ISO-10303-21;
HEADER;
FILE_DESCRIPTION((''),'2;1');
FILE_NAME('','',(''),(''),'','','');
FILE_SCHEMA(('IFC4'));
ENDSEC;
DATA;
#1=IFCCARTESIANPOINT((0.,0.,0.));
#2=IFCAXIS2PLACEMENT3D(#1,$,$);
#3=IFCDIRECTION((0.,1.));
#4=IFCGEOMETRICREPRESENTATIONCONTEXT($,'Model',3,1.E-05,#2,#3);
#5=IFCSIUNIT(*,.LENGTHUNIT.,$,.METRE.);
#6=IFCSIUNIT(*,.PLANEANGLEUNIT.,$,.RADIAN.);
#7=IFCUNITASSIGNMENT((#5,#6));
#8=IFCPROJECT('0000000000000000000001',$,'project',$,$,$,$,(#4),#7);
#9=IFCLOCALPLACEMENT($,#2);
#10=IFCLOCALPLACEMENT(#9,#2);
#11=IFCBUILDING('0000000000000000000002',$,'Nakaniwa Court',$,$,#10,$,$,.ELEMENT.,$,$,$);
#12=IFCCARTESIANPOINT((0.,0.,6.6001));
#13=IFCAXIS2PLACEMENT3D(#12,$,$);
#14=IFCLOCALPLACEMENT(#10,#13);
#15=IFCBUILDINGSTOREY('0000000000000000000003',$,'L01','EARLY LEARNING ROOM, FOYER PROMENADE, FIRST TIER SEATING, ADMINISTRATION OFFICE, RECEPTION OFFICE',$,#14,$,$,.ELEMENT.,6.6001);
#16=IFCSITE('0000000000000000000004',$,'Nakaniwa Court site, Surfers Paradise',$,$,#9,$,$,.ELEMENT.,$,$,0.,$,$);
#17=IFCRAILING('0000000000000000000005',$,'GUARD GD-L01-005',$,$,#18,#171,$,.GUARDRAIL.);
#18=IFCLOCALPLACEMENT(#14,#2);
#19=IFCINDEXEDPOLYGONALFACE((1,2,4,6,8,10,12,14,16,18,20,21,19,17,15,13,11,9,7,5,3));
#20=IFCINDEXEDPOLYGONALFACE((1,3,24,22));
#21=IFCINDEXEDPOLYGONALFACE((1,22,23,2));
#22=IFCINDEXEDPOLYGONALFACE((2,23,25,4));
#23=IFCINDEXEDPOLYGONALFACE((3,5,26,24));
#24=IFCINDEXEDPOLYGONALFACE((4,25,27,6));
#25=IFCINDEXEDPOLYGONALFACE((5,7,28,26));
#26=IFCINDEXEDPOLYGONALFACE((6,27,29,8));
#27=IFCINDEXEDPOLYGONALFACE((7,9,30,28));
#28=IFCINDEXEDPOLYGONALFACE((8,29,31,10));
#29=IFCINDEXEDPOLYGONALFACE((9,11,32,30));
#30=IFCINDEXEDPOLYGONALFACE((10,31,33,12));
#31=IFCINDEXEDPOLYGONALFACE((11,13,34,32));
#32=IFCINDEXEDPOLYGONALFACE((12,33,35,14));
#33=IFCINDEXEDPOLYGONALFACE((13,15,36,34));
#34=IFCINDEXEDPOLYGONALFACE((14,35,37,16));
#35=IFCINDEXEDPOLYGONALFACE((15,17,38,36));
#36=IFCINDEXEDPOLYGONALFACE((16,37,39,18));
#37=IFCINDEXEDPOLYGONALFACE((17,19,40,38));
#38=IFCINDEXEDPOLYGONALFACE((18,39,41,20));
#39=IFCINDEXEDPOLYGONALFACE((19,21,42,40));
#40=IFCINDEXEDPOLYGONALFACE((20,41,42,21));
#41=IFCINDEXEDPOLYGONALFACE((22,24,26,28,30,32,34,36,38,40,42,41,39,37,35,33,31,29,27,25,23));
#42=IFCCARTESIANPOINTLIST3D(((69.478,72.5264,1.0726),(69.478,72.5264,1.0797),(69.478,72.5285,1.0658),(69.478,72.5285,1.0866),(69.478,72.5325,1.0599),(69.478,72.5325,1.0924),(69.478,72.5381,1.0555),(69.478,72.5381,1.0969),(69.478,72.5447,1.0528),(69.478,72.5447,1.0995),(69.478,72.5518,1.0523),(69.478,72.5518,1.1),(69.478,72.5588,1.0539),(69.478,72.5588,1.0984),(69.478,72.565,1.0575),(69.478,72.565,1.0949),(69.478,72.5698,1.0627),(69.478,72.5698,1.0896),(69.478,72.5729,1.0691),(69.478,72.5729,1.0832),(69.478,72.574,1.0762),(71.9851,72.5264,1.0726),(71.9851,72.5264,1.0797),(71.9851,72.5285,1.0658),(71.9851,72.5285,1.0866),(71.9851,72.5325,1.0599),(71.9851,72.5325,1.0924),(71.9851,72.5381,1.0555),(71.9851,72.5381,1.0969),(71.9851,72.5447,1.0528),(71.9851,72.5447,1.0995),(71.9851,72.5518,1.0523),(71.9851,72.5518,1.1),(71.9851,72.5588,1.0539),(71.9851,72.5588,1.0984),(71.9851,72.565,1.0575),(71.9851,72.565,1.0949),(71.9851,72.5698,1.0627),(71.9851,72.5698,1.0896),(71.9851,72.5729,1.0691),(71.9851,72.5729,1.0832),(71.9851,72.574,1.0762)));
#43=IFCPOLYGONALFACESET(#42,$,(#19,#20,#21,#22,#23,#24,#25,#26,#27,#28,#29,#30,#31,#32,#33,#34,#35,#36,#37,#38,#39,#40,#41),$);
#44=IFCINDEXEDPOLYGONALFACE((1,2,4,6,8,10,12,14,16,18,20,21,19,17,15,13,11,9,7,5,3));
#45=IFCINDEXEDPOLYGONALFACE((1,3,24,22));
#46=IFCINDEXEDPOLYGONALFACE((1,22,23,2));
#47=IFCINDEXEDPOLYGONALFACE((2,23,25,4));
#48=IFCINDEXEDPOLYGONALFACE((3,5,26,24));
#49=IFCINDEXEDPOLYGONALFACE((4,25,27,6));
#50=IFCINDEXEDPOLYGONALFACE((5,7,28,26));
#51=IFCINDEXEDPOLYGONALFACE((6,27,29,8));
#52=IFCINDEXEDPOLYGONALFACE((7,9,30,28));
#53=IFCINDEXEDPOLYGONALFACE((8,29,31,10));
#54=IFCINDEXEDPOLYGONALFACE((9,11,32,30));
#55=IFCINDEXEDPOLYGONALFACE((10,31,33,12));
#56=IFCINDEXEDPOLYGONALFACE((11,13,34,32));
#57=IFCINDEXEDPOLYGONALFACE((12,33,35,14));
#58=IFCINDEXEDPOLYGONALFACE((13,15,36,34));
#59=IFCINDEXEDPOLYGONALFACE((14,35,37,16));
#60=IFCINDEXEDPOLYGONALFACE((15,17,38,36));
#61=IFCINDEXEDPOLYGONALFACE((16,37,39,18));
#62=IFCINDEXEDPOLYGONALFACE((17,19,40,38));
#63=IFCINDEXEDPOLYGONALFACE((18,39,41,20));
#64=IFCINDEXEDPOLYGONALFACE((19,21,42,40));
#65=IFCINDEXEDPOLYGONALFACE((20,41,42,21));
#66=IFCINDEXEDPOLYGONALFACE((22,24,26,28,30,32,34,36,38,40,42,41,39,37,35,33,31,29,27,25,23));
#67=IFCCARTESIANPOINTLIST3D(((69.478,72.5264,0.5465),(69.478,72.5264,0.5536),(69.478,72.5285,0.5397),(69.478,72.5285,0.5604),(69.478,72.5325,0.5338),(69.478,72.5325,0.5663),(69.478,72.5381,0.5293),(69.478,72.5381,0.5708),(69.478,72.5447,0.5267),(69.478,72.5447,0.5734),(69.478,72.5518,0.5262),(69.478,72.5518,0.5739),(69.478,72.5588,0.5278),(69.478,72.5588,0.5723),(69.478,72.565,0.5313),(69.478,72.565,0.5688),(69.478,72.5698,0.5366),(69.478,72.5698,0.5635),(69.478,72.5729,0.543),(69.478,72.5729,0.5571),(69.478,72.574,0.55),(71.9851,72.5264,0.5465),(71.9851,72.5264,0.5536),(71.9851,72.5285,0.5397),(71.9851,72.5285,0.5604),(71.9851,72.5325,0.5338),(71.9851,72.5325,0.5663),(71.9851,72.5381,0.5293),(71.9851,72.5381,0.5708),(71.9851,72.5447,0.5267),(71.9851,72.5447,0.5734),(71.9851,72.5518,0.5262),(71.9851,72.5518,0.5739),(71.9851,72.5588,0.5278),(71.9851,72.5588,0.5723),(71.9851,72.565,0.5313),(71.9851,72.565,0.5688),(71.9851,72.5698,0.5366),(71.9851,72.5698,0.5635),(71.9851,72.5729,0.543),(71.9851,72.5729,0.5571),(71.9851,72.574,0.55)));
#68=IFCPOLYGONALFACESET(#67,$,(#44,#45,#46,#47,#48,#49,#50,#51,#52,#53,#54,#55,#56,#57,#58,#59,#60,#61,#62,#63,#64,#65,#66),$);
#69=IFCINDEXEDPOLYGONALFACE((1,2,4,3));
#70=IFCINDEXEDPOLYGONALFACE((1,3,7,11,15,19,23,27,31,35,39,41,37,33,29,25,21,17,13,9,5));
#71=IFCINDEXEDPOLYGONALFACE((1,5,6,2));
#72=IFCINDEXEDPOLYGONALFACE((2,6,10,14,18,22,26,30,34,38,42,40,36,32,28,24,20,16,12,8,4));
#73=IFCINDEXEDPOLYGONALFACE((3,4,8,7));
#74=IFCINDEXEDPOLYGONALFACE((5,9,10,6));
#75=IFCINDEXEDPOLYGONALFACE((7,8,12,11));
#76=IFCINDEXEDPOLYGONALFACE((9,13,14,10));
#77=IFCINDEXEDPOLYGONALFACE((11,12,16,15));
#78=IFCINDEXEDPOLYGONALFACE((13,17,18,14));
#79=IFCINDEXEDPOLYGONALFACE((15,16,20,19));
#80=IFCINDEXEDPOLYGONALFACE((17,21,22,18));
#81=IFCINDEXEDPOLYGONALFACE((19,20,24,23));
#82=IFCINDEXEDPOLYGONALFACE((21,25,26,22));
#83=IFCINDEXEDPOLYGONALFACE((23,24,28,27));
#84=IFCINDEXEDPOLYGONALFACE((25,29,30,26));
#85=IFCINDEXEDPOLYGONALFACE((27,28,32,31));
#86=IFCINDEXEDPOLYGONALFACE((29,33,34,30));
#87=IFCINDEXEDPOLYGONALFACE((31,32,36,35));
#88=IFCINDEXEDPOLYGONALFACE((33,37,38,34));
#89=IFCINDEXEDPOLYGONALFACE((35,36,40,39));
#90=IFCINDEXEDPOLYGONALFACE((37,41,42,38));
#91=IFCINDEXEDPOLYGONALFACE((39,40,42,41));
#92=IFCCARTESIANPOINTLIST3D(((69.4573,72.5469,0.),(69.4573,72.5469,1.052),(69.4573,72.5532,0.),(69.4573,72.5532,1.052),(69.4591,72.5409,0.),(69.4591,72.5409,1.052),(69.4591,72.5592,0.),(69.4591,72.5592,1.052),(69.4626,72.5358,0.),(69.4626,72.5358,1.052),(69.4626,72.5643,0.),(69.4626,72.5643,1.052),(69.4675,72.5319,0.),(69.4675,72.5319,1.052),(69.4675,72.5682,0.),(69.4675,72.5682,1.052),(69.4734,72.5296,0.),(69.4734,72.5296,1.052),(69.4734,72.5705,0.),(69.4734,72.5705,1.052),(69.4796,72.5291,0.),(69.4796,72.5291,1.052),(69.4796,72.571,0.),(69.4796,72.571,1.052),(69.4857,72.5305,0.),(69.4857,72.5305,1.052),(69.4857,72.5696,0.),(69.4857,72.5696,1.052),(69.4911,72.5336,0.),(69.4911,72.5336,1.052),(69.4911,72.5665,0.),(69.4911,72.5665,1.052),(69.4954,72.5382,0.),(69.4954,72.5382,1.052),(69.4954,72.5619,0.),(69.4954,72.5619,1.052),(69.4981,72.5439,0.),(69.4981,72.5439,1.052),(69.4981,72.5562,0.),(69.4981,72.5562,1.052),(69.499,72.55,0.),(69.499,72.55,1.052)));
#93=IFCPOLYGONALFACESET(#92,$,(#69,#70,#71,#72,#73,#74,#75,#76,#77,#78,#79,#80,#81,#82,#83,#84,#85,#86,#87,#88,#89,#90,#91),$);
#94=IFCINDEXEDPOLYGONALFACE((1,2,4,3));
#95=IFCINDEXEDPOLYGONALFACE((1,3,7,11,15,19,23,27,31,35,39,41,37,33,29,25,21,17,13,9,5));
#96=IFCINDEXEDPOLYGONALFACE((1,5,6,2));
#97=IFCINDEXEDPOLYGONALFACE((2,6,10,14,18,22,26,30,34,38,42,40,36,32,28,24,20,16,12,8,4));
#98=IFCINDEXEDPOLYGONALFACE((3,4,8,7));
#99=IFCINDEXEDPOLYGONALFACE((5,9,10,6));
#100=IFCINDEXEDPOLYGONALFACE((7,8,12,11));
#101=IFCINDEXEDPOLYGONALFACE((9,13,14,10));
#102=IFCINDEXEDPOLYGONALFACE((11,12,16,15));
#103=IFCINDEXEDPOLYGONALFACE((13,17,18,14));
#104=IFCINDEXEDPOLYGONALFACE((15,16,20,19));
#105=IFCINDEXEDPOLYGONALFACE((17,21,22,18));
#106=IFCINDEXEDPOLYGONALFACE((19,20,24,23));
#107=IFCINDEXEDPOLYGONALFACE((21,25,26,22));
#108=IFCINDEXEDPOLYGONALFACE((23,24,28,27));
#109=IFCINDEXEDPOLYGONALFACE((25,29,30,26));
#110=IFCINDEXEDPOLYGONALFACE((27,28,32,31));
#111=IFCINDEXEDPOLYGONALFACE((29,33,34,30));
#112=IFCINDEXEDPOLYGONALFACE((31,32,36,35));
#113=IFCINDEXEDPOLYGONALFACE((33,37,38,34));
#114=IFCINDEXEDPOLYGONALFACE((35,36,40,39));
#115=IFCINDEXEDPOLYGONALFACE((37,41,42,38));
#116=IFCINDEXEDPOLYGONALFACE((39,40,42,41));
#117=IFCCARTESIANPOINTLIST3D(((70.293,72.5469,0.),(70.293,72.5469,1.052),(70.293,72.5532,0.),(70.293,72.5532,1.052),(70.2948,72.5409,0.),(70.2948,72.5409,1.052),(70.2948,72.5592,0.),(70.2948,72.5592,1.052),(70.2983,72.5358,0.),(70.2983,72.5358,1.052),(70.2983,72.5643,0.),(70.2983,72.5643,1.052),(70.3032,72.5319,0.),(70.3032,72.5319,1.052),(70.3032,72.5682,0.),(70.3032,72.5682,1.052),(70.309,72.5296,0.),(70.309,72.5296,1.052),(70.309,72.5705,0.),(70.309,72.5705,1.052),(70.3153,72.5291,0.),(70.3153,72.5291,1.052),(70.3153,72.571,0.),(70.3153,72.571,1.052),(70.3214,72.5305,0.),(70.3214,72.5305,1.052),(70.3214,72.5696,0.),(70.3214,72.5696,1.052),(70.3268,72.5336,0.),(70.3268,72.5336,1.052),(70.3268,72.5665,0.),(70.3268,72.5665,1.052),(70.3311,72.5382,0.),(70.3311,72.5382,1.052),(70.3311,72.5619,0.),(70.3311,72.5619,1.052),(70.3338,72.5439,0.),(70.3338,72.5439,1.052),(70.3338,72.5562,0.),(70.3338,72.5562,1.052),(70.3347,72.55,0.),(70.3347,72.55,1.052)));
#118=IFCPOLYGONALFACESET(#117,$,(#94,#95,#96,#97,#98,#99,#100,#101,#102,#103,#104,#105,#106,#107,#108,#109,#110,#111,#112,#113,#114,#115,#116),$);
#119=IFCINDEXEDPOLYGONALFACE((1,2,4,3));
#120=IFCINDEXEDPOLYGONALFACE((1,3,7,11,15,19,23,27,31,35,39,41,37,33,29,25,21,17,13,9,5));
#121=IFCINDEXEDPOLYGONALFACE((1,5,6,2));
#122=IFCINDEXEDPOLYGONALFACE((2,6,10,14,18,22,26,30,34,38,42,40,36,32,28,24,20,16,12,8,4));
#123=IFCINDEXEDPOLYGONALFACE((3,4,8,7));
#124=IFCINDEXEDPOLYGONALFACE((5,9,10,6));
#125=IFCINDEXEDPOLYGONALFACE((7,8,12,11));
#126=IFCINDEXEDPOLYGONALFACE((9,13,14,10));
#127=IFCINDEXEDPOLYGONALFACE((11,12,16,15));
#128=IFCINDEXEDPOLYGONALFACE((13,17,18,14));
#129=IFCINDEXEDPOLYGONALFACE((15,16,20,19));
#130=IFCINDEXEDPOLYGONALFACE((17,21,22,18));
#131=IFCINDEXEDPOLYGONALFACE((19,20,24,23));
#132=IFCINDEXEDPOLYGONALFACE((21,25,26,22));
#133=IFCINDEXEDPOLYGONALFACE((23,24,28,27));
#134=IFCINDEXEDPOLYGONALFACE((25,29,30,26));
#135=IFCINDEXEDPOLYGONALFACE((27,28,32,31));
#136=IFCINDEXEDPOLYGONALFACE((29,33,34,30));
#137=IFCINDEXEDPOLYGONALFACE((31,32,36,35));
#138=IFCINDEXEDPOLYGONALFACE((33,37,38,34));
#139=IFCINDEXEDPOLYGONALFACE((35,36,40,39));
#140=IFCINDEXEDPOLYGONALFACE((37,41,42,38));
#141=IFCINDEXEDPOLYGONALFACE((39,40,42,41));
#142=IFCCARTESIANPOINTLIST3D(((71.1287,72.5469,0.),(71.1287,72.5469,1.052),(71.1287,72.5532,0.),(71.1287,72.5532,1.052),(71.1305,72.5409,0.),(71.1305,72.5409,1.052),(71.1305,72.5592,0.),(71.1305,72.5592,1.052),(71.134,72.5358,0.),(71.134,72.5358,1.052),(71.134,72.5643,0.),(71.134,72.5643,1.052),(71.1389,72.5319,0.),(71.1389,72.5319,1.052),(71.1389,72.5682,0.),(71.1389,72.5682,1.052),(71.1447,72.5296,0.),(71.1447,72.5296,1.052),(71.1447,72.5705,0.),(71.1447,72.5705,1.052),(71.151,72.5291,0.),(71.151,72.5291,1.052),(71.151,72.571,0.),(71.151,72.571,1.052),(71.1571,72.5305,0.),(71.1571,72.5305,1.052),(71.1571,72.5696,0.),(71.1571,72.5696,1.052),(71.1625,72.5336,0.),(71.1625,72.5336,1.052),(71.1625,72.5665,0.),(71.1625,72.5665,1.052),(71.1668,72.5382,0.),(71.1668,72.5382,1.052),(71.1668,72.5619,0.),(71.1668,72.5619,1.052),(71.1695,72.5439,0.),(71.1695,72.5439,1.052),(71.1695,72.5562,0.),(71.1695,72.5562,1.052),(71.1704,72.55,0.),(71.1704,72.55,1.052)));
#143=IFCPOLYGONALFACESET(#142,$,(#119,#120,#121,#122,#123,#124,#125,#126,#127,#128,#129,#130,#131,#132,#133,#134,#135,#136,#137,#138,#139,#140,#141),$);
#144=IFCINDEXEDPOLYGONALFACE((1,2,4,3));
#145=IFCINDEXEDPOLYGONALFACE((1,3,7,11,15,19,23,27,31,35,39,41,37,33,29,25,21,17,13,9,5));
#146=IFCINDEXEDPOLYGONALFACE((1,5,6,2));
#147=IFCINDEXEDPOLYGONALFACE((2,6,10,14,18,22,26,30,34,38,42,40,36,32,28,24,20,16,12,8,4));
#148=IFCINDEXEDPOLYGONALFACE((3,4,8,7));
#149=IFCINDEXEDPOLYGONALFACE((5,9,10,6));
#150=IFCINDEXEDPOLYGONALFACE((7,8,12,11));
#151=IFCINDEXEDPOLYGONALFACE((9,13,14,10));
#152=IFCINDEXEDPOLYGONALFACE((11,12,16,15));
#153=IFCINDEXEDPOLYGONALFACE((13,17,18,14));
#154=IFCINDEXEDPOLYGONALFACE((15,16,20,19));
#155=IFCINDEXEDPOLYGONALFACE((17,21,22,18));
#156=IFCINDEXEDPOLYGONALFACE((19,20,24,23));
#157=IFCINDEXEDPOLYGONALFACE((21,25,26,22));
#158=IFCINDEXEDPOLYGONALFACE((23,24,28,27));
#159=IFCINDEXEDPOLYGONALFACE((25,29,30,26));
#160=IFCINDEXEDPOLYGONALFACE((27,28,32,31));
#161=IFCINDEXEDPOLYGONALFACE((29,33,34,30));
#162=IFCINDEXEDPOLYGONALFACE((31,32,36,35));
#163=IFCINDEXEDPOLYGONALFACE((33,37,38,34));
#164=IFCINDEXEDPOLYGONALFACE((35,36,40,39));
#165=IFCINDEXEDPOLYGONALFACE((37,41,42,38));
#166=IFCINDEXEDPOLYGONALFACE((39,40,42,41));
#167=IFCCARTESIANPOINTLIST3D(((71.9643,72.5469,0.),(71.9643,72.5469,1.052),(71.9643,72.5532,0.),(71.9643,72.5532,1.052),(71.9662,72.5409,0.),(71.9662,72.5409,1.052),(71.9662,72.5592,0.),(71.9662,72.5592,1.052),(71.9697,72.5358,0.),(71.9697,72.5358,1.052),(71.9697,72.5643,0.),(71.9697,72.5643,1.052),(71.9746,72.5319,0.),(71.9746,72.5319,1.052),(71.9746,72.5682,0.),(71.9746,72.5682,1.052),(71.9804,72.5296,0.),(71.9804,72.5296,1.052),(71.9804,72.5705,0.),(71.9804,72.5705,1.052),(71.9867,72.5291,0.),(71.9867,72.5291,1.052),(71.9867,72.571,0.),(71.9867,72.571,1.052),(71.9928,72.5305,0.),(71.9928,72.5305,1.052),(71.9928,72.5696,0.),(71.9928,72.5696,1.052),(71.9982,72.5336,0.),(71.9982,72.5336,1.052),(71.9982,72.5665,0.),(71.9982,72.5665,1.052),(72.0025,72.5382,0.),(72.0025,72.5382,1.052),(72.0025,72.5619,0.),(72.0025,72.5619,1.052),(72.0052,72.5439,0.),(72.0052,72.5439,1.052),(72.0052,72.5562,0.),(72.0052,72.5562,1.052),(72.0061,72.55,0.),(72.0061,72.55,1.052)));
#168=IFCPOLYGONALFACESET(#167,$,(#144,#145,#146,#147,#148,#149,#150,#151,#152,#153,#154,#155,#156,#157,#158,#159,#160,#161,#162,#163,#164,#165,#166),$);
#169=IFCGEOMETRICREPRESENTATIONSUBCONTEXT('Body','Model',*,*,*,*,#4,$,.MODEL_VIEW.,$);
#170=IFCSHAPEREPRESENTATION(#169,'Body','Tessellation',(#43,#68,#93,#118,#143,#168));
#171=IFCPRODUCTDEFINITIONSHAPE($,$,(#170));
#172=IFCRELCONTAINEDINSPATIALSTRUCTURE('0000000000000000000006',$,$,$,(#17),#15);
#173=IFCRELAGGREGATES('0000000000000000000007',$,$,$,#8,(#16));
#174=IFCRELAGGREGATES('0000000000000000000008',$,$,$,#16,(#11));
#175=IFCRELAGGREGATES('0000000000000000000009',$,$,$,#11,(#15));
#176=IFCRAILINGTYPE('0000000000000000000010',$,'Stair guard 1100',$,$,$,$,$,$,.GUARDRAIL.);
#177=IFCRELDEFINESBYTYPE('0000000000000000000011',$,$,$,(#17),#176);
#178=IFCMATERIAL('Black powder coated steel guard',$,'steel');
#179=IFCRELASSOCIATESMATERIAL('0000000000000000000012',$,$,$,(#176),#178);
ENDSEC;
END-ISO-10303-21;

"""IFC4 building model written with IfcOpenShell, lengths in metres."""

from ifc_helpers import new_model, si_unit, direction, frame, origin, origin_2d, place, context, subcontext, project, spatial, circle, extrude, material, type_object, element, save


model = new_model("IFC4")

# Units and contexts
model_context = context("Model", 3, precision=1e-05, world=origin(), true_north=direction((0.0, 1.0)))
body_context = subcontext(model_context, "Body", "Model", "MODEL_VIEW")
ifc_project = project(units=[si_unit("LENGTHUNIT", "METRE"), si_unit("PLANEANGLEUNIT", "RADIAN")], contexts=[model_context])

# Site, building, storey
site_placement = place(None, origin())
site = spatial("IfcSite", under=ifc_project, at=site_placement, Name="Nakaniwa Court site, Surfers Paradise", CompositionType="ELEMENT", RefElevation=0.0)
building_placement = place(site_placement, origin())
building = spatial("IfcBuilding", under=site, at=building_placement, Name="Nakaniwa Court", CompositionType="ELEMENT")
storey_placement = place(building_placement, frame((0.0, 0.0, 6.6001)))
storey = spatial("IfcBuildingStorey", under=building, at=storey_placement, Name="L01", Description="EARLY LEARNING ROOM, FOYER PROMENADE, FIRST TIER SEATING, ADMINISTRATION OFFICE, RECEPTION OFFICE", CompositionType="ELEMENT", Elevation=6.6001)

# Railing
ifc_material_1 = material(Name="Black powder coated steel guard", Category="steel")
railing_type = type_object("IfcRailingType", Name="Stair guard 1100", PredefinedType="GUARDRAIL", material=ifc_material_1)
railing_1_placement = place(storey_placement, frame((69.478, 72.55, 0.0)))
element("IfcRailing", 1, at=railing_1_placement, inside=storey, type_object=railing_type, Name="GUARD GD-L01-005", PredefinedType="GUARDRAIL", context=body_context, shape_type="SweptSolid", body=[
    extrude(circle(Radius=0.0239, at=origin_2d()), frame((0.0, 0.0, 1.0762), z_axis=(1.0, 0.0, 0.0), x_axis=(0.0, 1.0, 0.0)), (0.0, 0.0, 1.0), 2.5071),
    extrude(circle(Radius=0.0239, at=origin_2d()), frame((0.0, 0.0, 0.55), z_axis=(1.0, 0.0, 0.0), x_axis=(0.0, 1.0, 0.0)), (0.0, 0.0, 1.0), 2.5071),
    extrude(circle(Radius=0.021, at=origin_2d()), origin(), (0.0, 0.0, 1.0), 1.052),
    extrude(circle(Radius=0.021, at=origin_2d()), frame((0.8357, 0.0, 0.0)), (0.0, 0.0, 1.0), 1.052),
    extrude(circle(Radius=0.021, at=origin_2d()), frame((1.6714, 0.0, 0.0)), (0.0, 0.0, 1.0), 1.052),
    extrude(circle(Radius=0.021, at=origin_2d()), frame((2.5071, 0.0, 0.0)), (0.0, 0.0, 1.0), 1.052),
])

save(model, "model.ifc")
